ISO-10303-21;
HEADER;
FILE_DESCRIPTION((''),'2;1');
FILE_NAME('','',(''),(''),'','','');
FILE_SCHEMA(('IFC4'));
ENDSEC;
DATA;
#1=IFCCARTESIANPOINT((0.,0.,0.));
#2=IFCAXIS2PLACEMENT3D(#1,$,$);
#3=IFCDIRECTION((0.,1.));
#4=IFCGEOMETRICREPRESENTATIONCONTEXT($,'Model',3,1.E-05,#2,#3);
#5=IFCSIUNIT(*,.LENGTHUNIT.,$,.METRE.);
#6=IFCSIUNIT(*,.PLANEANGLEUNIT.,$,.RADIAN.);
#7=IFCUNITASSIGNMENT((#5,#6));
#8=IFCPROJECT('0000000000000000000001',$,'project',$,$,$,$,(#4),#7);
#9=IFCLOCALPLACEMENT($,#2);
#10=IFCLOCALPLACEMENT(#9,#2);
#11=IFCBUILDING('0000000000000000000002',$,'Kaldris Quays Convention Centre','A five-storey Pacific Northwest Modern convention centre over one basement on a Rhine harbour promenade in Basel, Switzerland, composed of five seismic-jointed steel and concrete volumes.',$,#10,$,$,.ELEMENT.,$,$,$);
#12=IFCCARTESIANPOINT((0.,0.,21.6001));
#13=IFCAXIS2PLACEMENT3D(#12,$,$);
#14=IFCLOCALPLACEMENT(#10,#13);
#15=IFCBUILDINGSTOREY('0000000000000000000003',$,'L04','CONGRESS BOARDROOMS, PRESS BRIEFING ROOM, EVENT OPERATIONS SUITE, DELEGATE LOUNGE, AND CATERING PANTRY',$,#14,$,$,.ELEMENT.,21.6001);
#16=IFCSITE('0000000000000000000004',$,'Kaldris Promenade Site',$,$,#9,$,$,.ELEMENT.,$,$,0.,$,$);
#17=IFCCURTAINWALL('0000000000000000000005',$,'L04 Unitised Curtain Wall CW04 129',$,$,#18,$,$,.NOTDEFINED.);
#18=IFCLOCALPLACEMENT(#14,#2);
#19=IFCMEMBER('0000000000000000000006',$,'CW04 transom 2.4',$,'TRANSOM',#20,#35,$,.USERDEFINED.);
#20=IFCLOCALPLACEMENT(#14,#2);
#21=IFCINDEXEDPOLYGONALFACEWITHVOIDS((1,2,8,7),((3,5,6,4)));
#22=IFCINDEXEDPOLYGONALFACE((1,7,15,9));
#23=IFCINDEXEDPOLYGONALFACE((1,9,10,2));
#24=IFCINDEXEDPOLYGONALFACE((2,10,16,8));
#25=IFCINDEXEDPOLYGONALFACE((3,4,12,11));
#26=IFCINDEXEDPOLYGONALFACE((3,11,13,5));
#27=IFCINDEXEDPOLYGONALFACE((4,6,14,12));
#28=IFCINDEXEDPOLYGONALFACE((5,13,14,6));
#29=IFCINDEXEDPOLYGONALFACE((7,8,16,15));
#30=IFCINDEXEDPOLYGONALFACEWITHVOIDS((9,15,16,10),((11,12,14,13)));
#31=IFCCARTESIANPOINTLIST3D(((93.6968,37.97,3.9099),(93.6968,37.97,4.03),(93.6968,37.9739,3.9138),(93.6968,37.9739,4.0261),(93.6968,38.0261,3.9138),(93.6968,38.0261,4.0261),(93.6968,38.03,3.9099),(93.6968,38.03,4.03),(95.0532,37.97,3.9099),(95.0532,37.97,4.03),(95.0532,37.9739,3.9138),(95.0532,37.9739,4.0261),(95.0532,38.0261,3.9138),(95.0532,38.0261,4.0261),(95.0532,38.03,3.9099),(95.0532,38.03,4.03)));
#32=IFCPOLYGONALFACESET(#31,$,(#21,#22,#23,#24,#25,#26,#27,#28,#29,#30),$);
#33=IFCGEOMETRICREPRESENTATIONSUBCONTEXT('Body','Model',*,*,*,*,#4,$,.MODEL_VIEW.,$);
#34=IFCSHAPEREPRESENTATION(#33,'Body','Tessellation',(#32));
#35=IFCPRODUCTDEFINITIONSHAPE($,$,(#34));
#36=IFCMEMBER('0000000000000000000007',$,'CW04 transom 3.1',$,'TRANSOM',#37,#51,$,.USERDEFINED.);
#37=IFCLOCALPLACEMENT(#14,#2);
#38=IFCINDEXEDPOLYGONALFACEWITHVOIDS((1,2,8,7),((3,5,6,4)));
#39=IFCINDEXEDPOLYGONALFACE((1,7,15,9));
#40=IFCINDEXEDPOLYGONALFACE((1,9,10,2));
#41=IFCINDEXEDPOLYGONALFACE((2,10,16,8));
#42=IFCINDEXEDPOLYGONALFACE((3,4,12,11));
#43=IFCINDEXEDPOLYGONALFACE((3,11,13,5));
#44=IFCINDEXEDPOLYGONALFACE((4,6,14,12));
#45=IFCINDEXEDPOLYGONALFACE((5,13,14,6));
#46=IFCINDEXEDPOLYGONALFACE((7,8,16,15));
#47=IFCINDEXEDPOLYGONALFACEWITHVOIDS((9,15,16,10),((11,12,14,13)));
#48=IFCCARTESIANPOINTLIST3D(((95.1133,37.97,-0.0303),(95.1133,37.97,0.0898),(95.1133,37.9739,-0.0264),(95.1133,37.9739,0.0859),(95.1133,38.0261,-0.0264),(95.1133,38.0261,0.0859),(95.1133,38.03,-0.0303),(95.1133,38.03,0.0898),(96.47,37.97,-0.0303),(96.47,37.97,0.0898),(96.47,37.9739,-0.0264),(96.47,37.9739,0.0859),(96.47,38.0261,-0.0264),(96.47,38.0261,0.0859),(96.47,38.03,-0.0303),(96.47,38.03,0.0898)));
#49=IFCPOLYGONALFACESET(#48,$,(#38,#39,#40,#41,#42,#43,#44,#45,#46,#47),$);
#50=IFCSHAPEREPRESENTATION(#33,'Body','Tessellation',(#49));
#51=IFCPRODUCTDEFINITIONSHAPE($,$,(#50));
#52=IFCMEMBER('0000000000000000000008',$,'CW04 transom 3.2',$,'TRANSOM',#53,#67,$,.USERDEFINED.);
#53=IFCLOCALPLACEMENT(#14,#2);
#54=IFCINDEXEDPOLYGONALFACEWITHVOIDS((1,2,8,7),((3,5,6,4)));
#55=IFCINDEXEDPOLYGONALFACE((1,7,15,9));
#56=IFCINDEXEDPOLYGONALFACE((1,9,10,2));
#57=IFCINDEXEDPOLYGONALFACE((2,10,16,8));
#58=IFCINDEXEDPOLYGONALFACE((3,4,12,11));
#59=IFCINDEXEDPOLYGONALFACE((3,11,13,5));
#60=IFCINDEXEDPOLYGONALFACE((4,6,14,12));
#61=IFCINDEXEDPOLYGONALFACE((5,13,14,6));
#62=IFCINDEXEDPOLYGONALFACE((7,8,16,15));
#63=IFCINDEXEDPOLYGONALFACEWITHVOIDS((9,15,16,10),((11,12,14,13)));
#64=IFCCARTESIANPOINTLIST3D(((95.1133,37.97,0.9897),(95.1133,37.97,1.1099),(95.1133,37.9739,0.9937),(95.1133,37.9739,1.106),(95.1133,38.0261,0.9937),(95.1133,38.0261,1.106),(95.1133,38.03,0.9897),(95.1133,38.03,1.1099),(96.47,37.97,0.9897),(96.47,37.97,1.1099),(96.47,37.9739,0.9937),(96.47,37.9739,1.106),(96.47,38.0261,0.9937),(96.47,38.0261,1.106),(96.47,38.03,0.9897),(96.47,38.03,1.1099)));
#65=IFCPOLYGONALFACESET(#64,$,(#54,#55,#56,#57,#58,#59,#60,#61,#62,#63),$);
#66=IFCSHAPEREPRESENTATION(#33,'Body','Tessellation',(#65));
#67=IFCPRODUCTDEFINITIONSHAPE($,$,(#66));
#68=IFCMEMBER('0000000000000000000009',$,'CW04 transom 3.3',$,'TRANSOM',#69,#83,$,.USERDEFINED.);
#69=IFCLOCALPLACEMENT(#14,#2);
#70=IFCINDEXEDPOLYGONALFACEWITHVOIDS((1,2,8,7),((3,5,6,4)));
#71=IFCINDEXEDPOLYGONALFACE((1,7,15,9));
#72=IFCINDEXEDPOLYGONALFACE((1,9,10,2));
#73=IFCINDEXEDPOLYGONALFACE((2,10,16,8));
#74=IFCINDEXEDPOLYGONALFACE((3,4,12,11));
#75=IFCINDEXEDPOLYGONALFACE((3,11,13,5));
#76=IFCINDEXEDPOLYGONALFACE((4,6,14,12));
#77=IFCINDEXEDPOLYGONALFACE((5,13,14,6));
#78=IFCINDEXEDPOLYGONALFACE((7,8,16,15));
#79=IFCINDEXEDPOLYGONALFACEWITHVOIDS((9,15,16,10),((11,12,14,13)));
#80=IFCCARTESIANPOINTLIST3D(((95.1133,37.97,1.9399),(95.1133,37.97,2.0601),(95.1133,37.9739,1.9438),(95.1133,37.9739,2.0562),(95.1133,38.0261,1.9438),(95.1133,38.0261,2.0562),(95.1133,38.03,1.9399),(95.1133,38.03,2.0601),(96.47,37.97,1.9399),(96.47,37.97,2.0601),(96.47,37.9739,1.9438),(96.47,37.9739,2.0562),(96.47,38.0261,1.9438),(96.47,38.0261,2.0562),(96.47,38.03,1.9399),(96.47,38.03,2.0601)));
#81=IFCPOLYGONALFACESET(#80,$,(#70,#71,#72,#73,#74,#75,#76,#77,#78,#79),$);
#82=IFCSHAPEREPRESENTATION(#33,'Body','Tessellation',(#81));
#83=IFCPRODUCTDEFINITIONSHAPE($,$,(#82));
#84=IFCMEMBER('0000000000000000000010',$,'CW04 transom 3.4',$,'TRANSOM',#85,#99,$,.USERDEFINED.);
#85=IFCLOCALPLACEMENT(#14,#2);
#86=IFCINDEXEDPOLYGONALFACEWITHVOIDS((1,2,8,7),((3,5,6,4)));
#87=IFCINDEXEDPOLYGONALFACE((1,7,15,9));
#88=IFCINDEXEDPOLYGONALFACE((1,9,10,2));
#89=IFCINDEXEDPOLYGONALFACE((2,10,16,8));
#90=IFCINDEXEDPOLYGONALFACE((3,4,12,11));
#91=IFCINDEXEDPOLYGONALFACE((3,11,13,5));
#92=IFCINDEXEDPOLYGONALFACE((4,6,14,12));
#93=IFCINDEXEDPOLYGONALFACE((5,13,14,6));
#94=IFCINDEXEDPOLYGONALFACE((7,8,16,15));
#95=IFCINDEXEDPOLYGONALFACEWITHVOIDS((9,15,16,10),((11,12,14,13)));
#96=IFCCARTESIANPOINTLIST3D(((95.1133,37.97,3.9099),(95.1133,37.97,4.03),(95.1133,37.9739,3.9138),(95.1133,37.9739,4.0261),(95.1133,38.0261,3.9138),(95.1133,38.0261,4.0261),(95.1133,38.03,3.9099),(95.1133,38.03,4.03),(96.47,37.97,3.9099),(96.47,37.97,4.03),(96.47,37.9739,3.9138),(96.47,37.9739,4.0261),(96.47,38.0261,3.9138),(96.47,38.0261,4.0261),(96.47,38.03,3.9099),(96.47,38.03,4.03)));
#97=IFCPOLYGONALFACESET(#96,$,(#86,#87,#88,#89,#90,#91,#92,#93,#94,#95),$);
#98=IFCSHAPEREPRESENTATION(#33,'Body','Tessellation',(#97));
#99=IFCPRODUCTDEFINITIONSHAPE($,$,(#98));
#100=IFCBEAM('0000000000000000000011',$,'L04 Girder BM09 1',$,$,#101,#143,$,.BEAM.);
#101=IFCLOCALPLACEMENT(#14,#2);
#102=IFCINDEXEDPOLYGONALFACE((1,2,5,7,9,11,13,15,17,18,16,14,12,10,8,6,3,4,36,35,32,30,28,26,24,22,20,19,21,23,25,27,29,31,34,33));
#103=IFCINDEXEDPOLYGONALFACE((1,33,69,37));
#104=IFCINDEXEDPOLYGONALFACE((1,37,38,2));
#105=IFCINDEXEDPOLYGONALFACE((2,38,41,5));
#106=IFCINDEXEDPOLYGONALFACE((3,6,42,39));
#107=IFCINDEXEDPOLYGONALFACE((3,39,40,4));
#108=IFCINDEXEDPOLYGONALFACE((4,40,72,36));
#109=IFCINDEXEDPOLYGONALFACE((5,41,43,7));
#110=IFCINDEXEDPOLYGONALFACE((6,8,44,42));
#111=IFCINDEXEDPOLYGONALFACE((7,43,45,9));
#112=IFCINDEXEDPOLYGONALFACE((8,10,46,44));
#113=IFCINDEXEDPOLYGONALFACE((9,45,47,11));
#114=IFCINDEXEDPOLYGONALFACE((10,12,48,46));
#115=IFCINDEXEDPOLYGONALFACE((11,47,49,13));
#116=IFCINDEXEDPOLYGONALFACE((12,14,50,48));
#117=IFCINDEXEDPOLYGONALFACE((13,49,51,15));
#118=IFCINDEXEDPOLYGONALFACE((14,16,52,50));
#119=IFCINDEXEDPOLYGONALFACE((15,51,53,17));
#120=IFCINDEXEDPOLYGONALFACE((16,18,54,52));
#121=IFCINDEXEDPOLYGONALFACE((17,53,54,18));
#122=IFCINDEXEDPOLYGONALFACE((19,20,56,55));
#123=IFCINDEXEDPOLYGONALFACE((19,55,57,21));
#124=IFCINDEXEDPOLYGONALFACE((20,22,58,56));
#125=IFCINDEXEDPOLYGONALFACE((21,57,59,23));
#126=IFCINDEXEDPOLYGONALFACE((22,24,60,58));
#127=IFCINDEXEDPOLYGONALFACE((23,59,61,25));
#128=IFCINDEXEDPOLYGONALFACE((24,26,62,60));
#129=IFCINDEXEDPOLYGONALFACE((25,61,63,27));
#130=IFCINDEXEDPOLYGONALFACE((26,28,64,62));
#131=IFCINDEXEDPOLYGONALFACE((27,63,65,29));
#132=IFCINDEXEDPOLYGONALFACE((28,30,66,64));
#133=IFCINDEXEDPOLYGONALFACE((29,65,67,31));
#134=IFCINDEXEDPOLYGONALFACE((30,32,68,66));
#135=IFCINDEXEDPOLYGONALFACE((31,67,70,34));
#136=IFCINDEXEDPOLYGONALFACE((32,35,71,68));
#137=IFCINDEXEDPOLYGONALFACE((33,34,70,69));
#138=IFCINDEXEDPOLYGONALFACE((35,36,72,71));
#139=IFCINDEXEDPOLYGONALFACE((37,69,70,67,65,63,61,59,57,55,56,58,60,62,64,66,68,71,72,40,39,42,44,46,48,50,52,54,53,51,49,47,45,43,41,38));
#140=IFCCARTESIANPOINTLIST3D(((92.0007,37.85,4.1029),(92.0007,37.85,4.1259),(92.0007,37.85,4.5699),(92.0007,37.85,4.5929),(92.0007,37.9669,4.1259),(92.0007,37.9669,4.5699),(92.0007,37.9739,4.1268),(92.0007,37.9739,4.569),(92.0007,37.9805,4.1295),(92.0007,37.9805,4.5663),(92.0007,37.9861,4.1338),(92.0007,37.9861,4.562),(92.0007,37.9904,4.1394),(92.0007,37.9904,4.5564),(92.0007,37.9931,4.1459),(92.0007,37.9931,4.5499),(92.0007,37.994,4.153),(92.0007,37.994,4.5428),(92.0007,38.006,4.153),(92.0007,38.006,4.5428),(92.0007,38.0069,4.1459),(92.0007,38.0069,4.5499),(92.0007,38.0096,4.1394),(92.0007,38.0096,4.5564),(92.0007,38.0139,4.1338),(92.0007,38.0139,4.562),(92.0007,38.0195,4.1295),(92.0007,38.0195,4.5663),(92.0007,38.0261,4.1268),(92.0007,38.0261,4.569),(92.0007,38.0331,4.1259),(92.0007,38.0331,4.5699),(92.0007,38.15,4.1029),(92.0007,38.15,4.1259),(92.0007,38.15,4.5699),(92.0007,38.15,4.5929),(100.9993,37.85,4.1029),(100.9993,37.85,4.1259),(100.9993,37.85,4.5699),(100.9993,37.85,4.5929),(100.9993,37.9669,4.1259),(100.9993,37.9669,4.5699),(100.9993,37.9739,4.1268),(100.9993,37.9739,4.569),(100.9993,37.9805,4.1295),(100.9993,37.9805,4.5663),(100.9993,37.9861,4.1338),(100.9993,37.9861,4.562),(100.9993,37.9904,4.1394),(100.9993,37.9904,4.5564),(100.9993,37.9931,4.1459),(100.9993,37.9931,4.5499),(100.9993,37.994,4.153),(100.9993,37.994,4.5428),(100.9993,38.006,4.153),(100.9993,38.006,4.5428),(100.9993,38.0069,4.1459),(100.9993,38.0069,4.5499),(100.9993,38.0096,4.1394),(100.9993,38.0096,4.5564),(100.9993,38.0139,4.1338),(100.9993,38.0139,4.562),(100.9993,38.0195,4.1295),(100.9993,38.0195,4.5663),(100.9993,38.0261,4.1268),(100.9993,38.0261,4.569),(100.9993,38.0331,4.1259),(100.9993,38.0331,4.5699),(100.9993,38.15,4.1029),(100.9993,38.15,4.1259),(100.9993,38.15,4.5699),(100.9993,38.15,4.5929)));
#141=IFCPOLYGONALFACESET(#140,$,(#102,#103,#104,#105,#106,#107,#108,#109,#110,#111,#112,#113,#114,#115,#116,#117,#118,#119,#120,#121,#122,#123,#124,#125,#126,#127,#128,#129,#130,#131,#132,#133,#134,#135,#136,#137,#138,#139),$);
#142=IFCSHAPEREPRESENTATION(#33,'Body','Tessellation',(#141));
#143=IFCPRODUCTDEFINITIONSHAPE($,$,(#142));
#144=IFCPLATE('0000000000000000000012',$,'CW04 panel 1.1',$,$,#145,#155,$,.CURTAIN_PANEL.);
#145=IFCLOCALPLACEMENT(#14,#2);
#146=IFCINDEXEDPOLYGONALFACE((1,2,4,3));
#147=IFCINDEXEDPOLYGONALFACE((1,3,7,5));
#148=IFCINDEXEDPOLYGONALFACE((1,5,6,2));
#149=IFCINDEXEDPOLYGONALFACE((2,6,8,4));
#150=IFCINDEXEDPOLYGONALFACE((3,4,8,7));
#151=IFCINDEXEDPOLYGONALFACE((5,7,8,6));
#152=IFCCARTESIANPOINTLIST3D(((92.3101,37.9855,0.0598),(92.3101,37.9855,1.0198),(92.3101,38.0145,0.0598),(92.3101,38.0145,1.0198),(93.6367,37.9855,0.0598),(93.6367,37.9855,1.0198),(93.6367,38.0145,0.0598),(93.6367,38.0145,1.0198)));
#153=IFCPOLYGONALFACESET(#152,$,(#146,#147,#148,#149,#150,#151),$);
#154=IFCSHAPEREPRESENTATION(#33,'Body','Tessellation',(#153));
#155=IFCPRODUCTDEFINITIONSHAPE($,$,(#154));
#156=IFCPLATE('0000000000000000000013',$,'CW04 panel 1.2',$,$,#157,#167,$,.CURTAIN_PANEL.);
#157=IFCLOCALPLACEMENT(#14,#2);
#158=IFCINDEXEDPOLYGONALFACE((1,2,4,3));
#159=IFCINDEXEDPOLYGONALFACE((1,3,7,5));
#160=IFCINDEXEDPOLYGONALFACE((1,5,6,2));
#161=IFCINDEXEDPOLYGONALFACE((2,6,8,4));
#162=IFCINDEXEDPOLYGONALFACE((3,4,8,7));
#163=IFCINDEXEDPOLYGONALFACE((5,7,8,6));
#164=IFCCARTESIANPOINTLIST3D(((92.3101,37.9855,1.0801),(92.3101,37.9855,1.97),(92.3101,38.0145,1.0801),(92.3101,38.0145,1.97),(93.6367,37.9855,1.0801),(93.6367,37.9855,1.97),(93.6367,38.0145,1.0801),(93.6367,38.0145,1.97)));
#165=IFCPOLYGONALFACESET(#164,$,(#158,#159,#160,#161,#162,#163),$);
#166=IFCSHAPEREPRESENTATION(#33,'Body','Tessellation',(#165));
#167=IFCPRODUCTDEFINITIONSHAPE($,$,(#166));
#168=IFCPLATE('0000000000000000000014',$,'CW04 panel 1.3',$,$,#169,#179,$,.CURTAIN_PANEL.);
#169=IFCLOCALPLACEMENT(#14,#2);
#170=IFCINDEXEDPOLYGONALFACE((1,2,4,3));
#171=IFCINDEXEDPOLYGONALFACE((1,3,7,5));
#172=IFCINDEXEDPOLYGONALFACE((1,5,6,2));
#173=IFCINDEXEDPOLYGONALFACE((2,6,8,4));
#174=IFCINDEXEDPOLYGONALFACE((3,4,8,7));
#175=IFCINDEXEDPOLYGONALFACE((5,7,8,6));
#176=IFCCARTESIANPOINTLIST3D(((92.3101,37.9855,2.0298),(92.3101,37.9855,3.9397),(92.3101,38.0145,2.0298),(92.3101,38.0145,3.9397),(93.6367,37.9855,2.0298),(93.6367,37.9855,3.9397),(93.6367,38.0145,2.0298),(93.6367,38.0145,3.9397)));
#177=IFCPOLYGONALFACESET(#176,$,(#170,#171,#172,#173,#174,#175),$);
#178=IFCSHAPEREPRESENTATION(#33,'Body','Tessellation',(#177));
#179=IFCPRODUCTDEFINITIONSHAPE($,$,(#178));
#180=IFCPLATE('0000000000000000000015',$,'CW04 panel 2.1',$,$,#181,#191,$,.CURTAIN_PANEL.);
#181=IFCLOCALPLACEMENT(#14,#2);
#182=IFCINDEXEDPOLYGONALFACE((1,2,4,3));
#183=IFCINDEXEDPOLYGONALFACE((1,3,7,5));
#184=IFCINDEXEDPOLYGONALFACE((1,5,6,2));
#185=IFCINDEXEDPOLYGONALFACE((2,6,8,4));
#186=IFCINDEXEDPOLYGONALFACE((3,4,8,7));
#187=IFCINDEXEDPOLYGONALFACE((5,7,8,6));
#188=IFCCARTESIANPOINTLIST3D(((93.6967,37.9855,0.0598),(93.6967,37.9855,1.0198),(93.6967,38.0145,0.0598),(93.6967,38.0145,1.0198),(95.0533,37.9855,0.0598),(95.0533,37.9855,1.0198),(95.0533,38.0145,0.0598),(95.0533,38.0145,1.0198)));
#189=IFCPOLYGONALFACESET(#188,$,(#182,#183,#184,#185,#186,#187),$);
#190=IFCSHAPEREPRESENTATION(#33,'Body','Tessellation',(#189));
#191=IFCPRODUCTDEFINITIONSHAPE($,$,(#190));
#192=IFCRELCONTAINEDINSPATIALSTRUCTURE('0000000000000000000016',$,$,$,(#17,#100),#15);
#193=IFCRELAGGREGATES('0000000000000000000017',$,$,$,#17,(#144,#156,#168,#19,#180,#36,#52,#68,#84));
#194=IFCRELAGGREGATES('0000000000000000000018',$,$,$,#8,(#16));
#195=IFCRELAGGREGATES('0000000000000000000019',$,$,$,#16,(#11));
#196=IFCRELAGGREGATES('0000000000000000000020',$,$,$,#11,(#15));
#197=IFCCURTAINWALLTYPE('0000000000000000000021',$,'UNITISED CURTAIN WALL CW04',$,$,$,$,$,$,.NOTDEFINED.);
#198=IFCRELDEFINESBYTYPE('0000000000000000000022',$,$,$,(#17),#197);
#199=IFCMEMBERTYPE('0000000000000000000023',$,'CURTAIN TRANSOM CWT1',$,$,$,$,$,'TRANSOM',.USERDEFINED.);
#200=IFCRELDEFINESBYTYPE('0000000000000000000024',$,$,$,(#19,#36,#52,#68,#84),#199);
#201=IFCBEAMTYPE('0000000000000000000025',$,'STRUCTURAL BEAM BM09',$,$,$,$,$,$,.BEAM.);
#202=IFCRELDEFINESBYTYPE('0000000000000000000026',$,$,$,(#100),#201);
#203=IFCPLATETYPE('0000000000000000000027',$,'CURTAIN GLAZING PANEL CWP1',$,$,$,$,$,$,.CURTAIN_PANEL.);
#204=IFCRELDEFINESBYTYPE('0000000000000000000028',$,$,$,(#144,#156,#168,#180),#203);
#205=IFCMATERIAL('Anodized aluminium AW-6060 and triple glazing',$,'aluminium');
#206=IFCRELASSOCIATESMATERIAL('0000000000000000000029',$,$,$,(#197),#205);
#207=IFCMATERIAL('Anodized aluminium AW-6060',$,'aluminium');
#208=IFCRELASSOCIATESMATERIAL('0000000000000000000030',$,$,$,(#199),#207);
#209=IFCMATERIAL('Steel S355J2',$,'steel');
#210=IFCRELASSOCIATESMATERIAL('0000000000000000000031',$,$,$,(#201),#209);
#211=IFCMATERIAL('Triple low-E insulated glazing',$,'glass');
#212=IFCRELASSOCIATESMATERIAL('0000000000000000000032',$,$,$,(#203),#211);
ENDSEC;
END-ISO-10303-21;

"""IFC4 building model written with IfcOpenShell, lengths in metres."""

from ifc_helpers import new_model, si_unit, direction, frame, origin, origin_2d, place, context, subcontext, project, spatial, rectangle, hollow_rectangle, i_section, extrude, material, material_profile, profile_set, type_object, element, aggregate, save


model = new_model("IFC4")

# Units and contexts
model_context = context("Model", 3, precision=1e-05, world=origin(), true_north=direction((0.0, 1.0)))
body_context = subcontext(model_context, "Body", "Model", "MODEL_VIEW")
ifc_project = project(units=[si_unit("LENGTHUNIT", "METRE"), si_unit("PLANEANGLEUNIT", "RADIAN")], contexts=[model_context])

# Site, building, storey
site_placement = place(None, origin())
site = spatial("IfcSite", under=ifc_project, at=site_placement, Name="Kaldris Promenade Site", CompositionType="ELEMENT", RefElevation=0.0)
building_placement = place(site_placement, origin())
building = spatial("IfcBuilding", under=site, at=building_placement, Name="Kaldris Quays Convention Centre", Description="A five-storey Pacific Northwest Modern convention centre over one basement on a Rhine harbour promenade in Basel, Switzerland, composed of five seismic-jointed steel and concrete volumes.", CompositionType="ELEMENT")
storey_placement = place(building_placement, frame((0.0, 0.0, 21.6001)))
storey = spatial("IfcBuildingStorey", under=building, at=storey_placement, Name="L04", Description="CONGRESS BOARDROOMS, PRESS BRIEFING ROOM, EVENT OPERATIONS SUITE, DELEGATE LOUNGE, AND CATERING PANTRY", CompositionType="ELEMENT", Elevation=21.6001)

# Curtain wall, members
ifc_material_1 = material(Name="Anodized aluminium AW-6060 and triple glazing", Category="aluminium")
curtain_wall_type = type_object("IfcCurtainWallType", Name="UNITISED CURTAIN WALL CW04", PredefinedType="NOTDEFINED", material=ifc_material_1)
curtain_wall_placement = place(storey_placement, origin())
curtain_wall = element("IfcCurtainWall", 1, at=curtain_wall_placement, inside=storey, type_object=curtain_wall_type, Name="L04 Unitised Curtain Wall CW04 129", PredefinedType="NOTDEFINED")
ifc_material_2 = material(Name="Anodized aluminium AW-6060", Category="aluminium")
ifc_material_profile_1 = material_profile(ifc_material_2, hollow_rectangle(XDim=0.0601, YDim=0.1201, WallThickness=0.0039, at=origin_2d()), Name="RHS 120x60x4")
ifc_profile_set_1 = profile_set([ifc_material_profile_1], Name="Anodized aluminium AW-6060")
member_type_1 = type_object("IfcMemberType", Name="CURTAIN TRANSOM CWT1", ElementType="TRANSOM", PredefinedType="USERDEFINED", material=ifc_profile_set_1)
member_1_placement = place(storey_placement, frame((93.6968, 38.0, 3.97), z_axis=(1.0, 0.0, 0.0), x_axis=(0.0, 1.0, 0.0)))
member_1 = element("IfcMember", 2, at=member_1_placement, type_object=member_type_1, Name="CW04 transom 2.4", ObjectType="TRANSOM", PredefinedType="USERDEFINED", context=body_context, shape_type="SweptSolid", body=[
    extrude(hollow_rectangle(XDim=0.0601, YDim=0.1201, WallThickness=0.0039, at=origin_2d()), origin(), (0.0, 0.0, 1.0), 1.3564),
])
member_2_placement = place(storey_placement, frame((95.1133, 38.0, 0.0298), z_axis=(1.0, 0.0, 0.0), x_axis=(0.0, 1.0, 0.0)))
member_2 = element("IfcMember", 3, at=member_2_placement, type_object=member_type_1, Name="CW04 transom 3.1", ObjectType="TRANSOM", PredefinedType="USERDEFINED", context=body_context, shape_type="SweptSolid", body=[
    extrude(hollow_rectangle(XDim=0.0601, YDim=0.1201, WallThickness=0.0039, at=origin_2d()), origin(), (0.0, 0.0, 1.0), 1.3567),
])
member_3_placement = place(storey_placement, frame((95.1133, 38.0, 1.0498), z_axis=(1.0, 0.0, 0.0), x_axis=(0.0, 1.0, 0.0)))
member_3 = element("IfcMember", 4, at=member_3_placement, type_object=member_type_1, Name="CW04 transom 3.2", ObjectType="TRANSOM", PredefinedType="USERDEFINED", context=body_context, shape_type="SweptSolid", body=[
    extrude(hollow_rectangle(XDim=0.0601, YDim=0.1201, WallThickness=0.0039, at=origin_2d()), origin(), (0.0, 0.0, 1.0), 1.3567),
])
member_4_placement = place(storey_placement, frame((95.1133, 38.0, 2.0), z_axis=(1.0, 0.0, 0.0), x_axis=(0.0, 1.0, 0.0)))
member_4 = element("IfcMember", 5, at=member_4_placement, type_object=member_type_1, Name="CW04 transom 3.3", ObjectType="TRANSOM", PredefinedType="USERDEFINED", context=body_context, shape_type="SweptSolid", body=[
    extrude(hollow_rectangle(XDim=0.0601, YDim=0.1201, WallThickness=0.0039, at=origin_2d()), origin(), (0.0, 0.0, 1.0), 1.3567),
])
member_5_placement = place(storey_placement, frame((95.1133, 38.0, 3.97), z_axis=(1.0, 0.0, 0.0), x_axis=(0.0, 1.0, 0.0)))
member_5 = element("IfcMember", 6, at=member_5_placement, type_object=member_type_1, Name="CW04 transom 3.4", ObjectType="TRANSOM", PredefinedType="USERDEFINED", context=body_context, shape_type="SweptSolid", body=[
    extrude(hollow_rectangle(XDim=0.0601, YDim=0.1201, WallThickness=0.0039, at=origin_2d()), origin(), (0.0, 0.0, 1.0), 1.3567),
])

# Beam
ifc_material_3 = material(Name="Steel S355J2", Category="steel")
ifc_material_profile_2 = material_profile(ifc_material_3, i_section(OverallWidth=0.3, OverallDepth=0.49, WebThickness=0.012, FlangeThickness=0.0229, FilletRadius=0.0271, at=origin_2d()), Name="HEA 500")
ifc_profile_set_2 = profile_set([ifc_material_profile_2], Name="Steel S355J2")
beam_type = type_object("IfcBeamType", Name="STRUCTURAL BEAM BM09", PredefinedType="BEAM", material=ifc_profile_set_2)
beam_placement = place(storey_placement, frame((92.0007, 38.0, 4.3479), z_axis=(1.0, 0.0, 0.0), x_axis=(0.0, 1.0, 0.0)))
element("IfcBeam", 7, at=beam_placement, inside=storey, type_object=beam_type, Name="L04 Girder BM09 1", PredefinedType="BEAM", context=body_context, shape_type="SweptSolid", body=[
    extrude(i_section(OverallWidth=0.3, OverallDepth=0.49, WebThickness=0.012, FlangeThickness=0.0229, FilletRadius=0.0271, at=origin_2d()), origin(), (0.0, 0.0, 1.0), 8.9985),
])

# Plates
ifc_material_4 = material(Name="Triple low-E insulated glazing", Category="glass")
plate_type = type_object("IfcPlateType", Name="CURTAIN GLAZING PANEL CWP1", PredefinedType="CURTAIN_PANEL", material=ifc_material_4)
plate_1_placement = place(storey_placement, frame((92.9734, 38.0, 0.0598), z_axis=(0.0, 0.0, 1.0), x_axis=(1.0, 0.0, 0.0)))
plate_1 = element("IfcPlate", 8, at=plate_1_placement, type_object=plate_type, Name="CW04 panel 1.1", PredefinedType="CURTAIN_PANEL", context=body_context, shape_type="SweptSolid", body=[
    extrude(rectangle(XDim=1.3267, YDim=0.0291, at=origin_2d()), origin(), (0.0, 0.0, 1.0), 0.96),
])
plate_2_placement = place(storey_placement, frame((92.9734, 38.0, 1.0801), z_axis=(0.0, 0.0, 1.0), x_axis=(1.0, 0.0, 0.0)))
plate_2 = element("IfcPlate", 9, at=plate_2_placement, type_object=plate_type, Name="CW04 panel 1.2", PredefinedType="CURTAIN_PANEL", context=body_context, shape_type="SweptSolid", body=[
    extrude(rectangle(XDim=1.3267, YDim=0.0291, at=origin_2d()), origin(), (0.0, 0.0, 1.0), 0.8899),
])
plate_3_placement = place(storey_placement, frame((92.9734, 38.0, 2.0298), z_axis=(0.0, 0.0, 1.0), x_axis=(1.0, 0.0, 0.0)))
plate_3 = element("IfcPlate", 10, at=plate_3_placement, type_object=plate_type, Name="CW04 panel 1.3", PredefinedType="CURTAIN_PANEL", context=body_context, shape_type="SweptSolid", body=[
    extrude(rectangle(XDim=1.3267, YDim=0.0291, at=origin_2d()), origin(), (0.0, 0.0, 1.0), 1.9099),
])
plate_4_placement = place(storey_placement, frame((94.375, 38.0, 0.0598), z_axis=(0.0, 0.0, 1.0), x_axis=(1.0, 0.0, 0.0)))
plate_4 = element("IfcPlate", 11, at=plate_4_placement, type_object=plate_type, Name="CW04 panel 2.1", PredefinedType="CURTAIN_PANEL", context=body_context, shape_type="SweptSolid", body=[
    extrude(rectangle(XDim=1.3567, YDim=0.0291, at=origin_2d()), origin(), (0.0, 0.0, 1.0), 0.96),
])
aggregate(curtain_wall, [plate_1, plate_2, plate_3, member_1, plate_4, member_2, member_3, member_4, member_5])

save(model, "model.ifc")
